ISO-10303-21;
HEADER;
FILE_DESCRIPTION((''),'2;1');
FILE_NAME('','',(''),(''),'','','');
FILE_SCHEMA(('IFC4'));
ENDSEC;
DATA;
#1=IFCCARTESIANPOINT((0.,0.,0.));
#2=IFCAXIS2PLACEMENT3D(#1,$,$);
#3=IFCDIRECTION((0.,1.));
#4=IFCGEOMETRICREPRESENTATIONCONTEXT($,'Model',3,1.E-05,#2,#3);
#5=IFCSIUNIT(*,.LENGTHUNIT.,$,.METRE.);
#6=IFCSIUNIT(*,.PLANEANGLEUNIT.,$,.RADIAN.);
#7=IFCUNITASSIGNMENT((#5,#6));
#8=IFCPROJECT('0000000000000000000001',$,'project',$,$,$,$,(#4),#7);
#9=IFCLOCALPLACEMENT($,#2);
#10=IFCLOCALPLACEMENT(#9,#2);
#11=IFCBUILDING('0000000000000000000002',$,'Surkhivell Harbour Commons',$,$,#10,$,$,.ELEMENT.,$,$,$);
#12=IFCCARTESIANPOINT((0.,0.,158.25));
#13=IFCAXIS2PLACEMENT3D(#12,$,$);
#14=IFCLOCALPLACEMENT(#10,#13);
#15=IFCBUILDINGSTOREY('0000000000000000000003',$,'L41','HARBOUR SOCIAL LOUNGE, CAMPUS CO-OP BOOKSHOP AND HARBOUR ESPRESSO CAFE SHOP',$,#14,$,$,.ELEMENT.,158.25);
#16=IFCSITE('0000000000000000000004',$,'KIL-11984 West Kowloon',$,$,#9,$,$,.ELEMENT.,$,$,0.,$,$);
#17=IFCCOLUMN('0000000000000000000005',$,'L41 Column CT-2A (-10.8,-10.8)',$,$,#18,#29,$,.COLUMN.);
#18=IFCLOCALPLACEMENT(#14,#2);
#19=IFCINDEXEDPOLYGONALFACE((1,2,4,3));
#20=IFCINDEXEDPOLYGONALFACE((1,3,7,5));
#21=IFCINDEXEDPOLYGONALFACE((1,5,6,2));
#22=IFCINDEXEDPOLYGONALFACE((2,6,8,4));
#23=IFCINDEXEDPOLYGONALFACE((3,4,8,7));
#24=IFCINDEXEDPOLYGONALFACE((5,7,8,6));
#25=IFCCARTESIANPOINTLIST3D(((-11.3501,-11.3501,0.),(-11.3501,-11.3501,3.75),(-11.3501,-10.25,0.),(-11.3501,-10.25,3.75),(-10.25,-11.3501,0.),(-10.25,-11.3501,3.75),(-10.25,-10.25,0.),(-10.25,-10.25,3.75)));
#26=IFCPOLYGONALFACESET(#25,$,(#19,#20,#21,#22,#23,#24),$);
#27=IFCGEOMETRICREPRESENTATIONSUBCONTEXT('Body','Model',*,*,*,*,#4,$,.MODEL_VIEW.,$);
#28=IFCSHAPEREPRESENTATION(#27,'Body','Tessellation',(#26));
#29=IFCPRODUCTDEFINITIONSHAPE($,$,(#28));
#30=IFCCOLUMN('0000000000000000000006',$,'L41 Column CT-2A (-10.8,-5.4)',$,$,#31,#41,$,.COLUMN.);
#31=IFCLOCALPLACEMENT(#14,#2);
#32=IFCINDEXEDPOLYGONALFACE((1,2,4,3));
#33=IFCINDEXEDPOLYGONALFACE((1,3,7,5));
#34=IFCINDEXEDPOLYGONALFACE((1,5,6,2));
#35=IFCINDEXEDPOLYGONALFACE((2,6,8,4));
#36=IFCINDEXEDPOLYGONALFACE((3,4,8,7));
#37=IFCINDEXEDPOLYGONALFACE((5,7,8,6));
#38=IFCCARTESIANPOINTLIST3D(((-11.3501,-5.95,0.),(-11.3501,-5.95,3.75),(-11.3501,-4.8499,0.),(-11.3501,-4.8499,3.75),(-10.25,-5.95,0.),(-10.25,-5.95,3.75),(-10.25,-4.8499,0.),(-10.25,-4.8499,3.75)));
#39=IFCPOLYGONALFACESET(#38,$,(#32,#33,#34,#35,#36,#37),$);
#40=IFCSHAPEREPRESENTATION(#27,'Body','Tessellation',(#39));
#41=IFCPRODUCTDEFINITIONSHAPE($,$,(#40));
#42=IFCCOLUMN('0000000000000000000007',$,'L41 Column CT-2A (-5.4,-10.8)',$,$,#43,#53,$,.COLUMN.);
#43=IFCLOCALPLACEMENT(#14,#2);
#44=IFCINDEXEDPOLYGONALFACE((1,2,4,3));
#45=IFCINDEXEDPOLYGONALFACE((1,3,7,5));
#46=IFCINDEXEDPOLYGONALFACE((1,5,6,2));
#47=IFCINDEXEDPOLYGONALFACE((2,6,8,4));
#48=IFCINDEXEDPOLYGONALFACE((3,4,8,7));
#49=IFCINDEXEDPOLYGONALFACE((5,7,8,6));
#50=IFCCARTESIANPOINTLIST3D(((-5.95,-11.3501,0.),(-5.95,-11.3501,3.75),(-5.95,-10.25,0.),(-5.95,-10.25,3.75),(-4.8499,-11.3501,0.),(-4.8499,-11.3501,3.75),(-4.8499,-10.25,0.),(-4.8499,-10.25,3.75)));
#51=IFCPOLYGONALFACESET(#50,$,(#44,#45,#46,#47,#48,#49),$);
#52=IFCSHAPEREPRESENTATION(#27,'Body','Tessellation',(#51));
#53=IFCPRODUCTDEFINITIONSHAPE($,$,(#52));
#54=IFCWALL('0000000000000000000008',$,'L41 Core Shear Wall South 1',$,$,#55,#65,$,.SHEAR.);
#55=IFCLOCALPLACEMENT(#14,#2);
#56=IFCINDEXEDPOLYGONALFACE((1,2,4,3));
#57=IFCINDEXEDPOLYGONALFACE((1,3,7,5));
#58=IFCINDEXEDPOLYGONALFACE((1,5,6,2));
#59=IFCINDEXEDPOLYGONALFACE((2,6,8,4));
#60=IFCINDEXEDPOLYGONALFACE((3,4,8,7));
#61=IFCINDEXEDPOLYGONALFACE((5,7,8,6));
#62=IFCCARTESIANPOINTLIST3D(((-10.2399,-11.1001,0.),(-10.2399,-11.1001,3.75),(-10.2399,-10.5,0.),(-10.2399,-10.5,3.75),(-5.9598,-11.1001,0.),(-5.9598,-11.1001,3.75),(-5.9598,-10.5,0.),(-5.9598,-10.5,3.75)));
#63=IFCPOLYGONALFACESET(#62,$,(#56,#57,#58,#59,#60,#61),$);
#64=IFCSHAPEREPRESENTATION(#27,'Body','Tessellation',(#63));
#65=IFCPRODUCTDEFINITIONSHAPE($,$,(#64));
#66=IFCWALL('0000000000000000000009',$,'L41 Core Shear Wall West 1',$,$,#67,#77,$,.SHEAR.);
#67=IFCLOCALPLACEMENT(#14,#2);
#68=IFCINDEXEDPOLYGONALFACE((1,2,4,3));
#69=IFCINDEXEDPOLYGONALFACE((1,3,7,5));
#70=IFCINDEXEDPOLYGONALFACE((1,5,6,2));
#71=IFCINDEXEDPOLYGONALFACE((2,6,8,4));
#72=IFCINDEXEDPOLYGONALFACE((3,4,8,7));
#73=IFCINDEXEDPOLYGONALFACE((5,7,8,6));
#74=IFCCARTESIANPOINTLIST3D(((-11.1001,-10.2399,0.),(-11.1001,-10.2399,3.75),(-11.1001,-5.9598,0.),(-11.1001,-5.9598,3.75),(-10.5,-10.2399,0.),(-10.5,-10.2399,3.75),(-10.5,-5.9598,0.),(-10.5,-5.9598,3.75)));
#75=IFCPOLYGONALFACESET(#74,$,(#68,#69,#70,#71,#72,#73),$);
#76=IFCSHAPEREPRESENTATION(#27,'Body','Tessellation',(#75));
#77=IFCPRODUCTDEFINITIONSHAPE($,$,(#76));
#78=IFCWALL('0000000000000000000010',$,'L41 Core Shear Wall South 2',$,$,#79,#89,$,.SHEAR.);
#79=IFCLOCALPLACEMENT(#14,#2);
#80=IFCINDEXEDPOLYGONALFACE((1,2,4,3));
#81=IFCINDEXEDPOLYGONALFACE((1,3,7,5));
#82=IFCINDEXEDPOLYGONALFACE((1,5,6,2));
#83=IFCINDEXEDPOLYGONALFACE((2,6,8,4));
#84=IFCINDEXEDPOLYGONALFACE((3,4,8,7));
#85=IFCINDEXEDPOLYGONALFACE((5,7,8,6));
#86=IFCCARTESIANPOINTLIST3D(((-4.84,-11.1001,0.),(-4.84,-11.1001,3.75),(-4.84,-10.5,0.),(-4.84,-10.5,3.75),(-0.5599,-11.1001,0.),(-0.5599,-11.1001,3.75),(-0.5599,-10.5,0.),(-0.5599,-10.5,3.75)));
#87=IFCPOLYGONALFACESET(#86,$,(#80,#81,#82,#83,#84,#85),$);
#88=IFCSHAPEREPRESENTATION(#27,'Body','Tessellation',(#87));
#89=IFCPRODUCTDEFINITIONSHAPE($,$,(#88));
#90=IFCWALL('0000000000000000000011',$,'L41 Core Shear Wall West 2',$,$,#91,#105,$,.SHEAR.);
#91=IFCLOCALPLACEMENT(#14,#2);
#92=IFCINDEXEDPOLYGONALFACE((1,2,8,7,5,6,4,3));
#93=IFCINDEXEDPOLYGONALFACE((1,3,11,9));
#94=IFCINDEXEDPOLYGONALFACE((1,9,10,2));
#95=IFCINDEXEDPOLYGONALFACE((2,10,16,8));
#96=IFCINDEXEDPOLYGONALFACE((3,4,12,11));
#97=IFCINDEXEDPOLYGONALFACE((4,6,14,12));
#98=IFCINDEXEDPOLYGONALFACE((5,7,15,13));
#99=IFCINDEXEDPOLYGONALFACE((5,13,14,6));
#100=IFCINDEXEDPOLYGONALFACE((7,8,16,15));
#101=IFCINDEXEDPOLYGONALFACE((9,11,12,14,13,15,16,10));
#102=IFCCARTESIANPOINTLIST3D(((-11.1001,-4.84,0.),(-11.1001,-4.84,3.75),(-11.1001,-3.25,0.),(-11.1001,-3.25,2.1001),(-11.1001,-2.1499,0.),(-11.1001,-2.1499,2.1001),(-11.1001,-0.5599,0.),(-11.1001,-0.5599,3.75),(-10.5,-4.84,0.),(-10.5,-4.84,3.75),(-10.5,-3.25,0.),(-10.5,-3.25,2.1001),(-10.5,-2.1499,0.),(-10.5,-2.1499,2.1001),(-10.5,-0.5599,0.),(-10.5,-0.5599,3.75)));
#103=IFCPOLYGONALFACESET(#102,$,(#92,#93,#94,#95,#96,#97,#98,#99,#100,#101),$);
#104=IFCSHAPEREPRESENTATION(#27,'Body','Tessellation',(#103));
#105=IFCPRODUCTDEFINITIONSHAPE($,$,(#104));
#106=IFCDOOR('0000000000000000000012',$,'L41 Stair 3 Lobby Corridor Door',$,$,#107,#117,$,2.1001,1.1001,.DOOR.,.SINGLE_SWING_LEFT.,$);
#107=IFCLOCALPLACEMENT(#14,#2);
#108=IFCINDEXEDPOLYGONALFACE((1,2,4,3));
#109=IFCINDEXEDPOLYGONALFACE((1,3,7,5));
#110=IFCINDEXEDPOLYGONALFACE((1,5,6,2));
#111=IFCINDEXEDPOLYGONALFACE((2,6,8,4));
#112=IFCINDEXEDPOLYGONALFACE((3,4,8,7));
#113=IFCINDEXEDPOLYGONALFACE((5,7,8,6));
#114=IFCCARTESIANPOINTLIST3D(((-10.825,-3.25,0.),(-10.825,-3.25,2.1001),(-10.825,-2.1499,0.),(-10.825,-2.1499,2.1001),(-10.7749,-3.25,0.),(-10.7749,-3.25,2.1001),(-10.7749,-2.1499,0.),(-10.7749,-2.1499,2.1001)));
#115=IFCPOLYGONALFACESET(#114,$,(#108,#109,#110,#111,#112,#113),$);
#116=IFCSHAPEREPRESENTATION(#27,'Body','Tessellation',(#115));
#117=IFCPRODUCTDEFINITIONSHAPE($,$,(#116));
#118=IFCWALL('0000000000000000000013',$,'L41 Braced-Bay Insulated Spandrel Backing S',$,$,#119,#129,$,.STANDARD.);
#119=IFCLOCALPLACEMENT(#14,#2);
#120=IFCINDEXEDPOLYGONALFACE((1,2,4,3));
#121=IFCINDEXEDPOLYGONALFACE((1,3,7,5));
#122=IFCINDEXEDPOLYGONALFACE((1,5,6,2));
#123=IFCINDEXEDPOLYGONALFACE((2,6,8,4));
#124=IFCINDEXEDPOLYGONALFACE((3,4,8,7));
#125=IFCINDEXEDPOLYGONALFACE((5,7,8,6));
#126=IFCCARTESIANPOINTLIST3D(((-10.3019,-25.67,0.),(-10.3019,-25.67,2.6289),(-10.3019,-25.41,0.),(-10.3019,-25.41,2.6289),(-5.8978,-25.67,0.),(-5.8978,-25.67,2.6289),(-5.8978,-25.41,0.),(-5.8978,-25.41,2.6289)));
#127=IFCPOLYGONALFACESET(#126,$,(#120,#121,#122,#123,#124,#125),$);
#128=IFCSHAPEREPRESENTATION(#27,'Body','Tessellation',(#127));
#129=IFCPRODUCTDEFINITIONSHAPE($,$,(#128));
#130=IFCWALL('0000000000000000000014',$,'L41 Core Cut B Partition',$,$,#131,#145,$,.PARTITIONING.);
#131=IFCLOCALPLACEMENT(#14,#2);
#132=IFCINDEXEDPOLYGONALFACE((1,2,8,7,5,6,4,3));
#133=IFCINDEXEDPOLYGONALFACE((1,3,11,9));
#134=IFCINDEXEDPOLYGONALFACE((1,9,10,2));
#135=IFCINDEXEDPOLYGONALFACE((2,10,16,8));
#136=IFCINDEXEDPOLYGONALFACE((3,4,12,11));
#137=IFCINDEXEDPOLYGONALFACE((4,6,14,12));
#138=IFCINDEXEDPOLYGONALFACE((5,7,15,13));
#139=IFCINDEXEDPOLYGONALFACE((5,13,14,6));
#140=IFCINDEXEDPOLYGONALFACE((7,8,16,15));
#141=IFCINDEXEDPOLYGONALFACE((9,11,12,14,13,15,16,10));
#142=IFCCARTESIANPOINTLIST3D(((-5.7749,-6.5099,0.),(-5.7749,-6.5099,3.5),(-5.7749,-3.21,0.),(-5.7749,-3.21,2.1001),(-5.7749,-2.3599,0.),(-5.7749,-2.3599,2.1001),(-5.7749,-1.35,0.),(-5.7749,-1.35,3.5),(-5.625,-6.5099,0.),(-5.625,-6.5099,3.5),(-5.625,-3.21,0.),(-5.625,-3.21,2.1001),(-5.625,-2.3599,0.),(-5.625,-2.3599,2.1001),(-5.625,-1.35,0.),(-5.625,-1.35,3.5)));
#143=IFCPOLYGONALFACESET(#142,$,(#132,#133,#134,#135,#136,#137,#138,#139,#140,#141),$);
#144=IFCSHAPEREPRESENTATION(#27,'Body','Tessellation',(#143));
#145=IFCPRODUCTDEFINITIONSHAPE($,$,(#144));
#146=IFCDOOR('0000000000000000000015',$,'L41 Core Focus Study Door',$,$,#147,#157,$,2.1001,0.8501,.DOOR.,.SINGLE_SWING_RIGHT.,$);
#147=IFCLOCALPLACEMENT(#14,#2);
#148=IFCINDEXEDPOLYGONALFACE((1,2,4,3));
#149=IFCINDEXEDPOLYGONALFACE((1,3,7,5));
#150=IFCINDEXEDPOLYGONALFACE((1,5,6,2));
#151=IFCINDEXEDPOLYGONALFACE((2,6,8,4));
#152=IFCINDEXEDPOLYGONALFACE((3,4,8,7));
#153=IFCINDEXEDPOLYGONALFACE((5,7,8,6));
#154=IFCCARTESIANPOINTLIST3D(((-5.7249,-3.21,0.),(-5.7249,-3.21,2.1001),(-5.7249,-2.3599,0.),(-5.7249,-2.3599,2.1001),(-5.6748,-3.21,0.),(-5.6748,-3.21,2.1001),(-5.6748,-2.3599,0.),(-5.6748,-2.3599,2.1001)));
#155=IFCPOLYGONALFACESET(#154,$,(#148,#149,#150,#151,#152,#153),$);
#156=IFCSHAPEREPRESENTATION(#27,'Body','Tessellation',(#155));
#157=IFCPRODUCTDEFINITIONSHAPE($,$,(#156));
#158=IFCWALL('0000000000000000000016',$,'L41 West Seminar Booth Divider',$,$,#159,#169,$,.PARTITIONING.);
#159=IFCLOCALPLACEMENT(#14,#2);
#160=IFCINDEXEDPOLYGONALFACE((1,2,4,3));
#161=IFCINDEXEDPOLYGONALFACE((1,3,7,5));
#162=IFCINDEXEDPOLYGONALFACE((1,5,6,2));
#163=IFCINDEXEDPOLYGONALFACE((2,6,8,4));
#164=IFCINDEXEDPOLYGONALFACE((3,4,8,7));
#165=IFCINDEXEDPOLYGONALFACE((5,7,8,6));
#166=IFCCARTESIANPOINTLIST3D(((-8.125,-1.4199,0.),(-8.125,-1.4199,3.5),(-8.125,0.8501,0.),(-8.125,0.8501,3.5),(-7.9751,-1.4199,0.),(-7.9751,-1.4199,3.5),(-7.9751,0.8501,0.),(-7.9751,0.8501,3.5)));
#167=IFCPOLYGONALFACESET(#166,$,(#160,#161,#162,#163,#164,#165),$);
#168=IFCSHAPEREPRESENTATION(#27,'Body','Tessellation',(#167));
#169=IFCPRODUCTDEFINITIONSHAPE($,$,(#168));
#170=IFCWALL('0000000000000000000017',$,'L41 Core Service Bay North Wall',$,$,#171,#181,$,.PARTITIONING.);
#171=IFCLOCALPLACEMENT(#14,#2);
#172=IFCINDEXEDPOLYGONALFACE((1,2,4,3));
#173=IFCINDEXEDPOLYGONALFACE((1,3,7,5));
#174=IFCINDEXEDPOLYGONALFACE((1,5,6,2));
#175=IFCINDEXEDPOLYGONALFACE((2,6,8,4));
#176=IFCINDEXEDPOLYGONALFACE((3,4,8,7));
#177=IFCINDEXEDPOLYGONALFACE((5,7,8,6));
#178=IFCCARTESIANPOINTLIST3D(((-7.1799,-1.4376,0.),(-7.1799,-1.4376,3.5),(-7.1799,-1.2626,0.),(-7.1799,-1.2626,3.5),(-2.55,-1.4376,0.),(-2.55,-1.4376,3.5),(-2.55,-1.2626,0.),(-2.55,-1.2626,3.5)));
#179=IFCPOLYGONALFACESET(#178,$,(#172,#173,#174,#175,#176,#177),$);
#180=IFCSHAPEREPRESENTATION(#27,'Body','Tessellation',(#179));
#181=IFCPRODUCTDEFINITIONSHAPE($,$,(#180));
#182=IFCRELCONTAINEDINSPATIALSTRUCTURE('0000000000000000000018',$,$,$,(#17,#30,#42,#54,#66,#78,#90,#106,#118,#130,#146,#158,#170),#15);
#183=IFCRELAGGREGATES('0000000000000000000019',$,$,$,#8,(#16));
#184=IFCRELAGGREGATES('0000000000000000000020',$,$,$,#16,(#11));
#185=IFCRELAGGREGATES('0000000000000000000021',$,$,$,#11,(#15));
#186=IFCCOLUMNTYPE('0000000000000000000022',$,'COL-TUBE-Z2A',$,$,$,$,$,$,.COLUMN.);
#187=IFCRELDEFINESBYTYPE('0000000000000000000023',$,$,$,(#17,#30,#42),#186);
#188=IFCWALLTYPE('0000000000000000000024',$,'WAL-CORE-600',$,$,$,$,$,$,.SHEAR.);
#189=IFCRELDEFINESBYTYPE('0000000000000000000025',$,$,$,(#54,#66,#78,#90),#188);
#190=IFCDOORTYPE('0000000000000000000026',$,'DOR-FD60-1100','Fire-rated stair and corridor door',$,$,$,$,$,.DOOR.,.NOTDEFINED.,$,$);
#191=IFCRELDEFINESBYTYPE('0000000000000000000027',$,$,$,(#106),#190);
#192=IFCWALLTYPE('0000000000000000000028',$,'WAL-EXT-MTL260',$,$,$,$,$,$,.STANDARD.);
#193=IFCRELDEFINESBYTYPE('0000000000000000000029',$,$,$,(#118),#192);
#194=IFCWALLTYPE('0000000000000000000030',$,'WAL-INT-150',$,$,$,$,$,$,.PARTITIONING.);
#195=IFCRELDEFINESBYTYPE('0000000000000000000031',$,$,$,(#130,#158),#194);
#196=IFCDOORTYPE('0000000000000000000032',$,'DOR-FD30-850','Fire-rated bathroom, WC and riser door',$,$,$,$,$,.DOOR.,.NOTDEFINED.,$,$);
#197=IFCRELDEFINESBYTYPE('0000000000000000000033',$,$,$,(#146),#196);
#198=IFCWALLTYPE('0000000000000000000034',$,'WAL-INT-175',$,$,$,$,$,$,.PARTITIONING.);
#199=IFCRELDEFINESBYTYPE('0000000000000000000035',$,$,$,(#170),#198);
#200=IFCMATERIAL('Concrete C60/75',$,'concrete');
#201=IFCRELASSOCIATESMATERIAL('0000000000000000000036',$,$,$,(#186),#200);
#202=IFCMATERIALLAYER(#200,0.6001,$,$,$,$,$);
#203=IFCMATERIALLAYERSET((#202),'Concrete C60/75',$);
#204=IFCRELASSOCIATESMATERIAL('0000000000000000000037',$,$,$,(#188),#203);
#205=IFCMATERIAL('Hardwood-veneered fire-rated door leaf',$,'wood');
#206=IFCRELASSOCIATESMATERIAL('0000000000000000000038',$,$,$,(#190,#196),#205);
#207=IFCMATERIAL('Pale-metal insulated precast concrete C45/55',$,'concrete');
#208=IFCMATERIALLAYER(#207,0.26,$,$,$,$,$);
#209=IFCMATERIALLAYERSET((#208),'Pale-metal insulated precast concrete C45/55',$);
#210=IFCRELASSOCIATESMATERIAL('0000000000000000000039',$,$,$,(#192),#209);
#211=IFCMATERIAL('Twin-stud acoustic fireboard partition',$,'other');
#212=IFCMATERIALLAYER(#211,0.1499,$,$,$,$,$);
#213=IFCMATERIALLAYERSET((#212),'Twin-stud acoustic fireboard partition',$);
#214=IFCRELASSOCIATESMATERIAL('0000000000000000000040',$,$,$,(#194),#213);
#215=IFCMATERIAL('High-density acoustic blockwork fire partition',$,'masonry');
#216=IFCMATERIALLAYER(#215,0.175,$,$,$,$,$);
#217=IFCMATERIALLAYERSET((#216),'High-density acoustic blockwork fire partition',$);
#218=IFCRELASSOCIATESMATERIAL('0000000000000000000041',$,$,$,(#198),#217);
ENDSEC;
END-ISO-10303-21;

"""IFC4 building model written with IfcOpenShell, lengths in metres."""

from ifc_helpers import new_model, si_unit, direction, frame, frame_2d, origin, origin_2d, place, context, subcontext, project, spatial, rectangle, extrude, material, layer, layer_set, material_profile, profile_set, type_object, element, fill, save


model = new_model("IFC4")

# Units and contexts
model_context = context("Model", 3, precision=1e-05, world=origin(), true_north=direction((0.0, 1.0)))
body_context = subcontext(model_context, "Body", "Model", "MODEL_VIEW")
ifc_project = project(units=[si_unit("LENGTHUNIT", "METRE"), si_unit("PLANEANGLEUNIT", "RADIAN")], contexts=[model_context])

# Site, building, storey
site_placement = place(None, origin())
site = spatial("IfcSite", under=ifc_project, at=site_placement, Name="KIL-11984 West Kowloon", CompositionType="ELEMENT", RefElevation=0.0)
building_placement = place(site_placement, origin())
building = spatial("IfcBuilding", under=site, at=building_placement, Name="Surkhivell Harbour Commons", CompositionType="ELEMENT")
storey_placement = place(building_placement, frame((0.0, 0.0, 158.25)))
storey = spatial("IfcBuildingStorey", under=building, at=storey_placement, Name="L41", Description="HARBOUR SOCIAL LOUNGE, CAMPUS CO-OP BOOKSHOP AND HARBOUR ESPRESSO CAFE SHOP", CompositionType="ELEMENT", Elevation=158.25)

# Columns
ifc_material_1 = material(Name="Concrete C60/75", Category="concrete")
ifc_material_profile = material_profile(ifc_material_1, rectangle(XDim=1.1001, YDim=1.1001, at=origin_2d()), Name="RC-COL-1100x1100")
ifc_profile_set = profile_set([ifc_material_profile], Name="Concrete C60/75")
column_type = type_object("IfcColumnType", Name="COL-TUBE-Z2A", PredefinedType="COLUMN", material=ifc_profile_set)
for number, where, z_axis, x_axis, name in (
    (1, (-10.8, -10.8, 0.0), (0.0, 0.0, 1.0), (1.0, 0.0, 0.0), "L41 Column CT-2A (-10.8,-10.8)"),
    (2, (-10.8, -5.3999, 0.0), (0.0, 0.0, 1.0), (1.0, 0.0, 0.0), "L41 Column CT-2A (-10.8,-5.4)"),
    (3, (-5.3999, -10.8, 0.0), (0.0, 0.0, 1.0), (1.0, 0.0, 0.0), "L41 Column CT-2A (-5.4,-10.8)"),
):
    element("IfcColumn", number, at=place(storey_placement, frame(where, z_axis=z_axis, x_axis=x_axis)), inside=storey, type_object=column_type, Name=name, PredefinedType="COLUMN", context=body_context, shape_type="SweptSolid", body=[
        extrude(rectangle(XDim=1.1001, YDim=1.1001, at=origin_2d()), origin(), (0.0, 0.0, 1.0), 3.75),
    ])

# Walls
ifc_layer_1 = layer(ifc_material_1, 0.6001)
ifc_layer_set_1 = layer_set([ifc_layer_1], Name="Concrete C60/75")
wall_type_1 = type_object("IfcWallType", Name="WAL-CORE-600", PredefinedType="SHEAR", material=ifc_layer_set_1)
for number, where, z_axis, x_axis, name in (
    (4, (-10.24, -10.8, 0.0), (0.0, 0.0, 1.0), (1.0, 0.0, 0.0), "L41 Core Shear Wall South 1"),
    (5, (-10.8, -10.24, 0.0), (0.0, 0.0, 1.0), (0.0, 1.0, 0.0), "L41 Core Shear Wall West 1"),
    (6, (-4.8401, -10.8, 0.0), (0.0, 0.0, 1.0), (1.0, 0.0, 0.0), "L41 Core Shear Wall South 2"),
):
    element("IfcWall", number, at=place(storey_placement, frame(where, z_axis=z_axis, x_axis=x_axis)), inside=storey, type_object=wall_type_1, Name=name, PredefinedType="SHEAR", context=body_context, shape_type="SweptSolid", body=[
        extrude(rectangle(XDim=4.28, YDim=0.6001, at=frame_2d((2.1401, 0.0))), origin(), (0.0, 0.0, 1.0), 3.75),
    ])

# Wall, opening, door
wall_1_placement = place(storey_placement, frame((-10.8, -4.8401, 0.0), z_axis=(0.0, 0.0, 1.0), x_axis=(0.0, 1.0, 0.0)))
wall_1 = element("IfcWall", 7, at=wall_1_placement, inside=storey, type_object=wall_type_1, Name="L41 Core Shear Wall West 2", PredefinedType="SHEAR", context=body_context, shape_type="SweptSolid", body=[
    extrude(rectangle(XDim=4.28, YDim=0.6001, at=frame_2d((2.1401, 0.0))), origin(), (0.0, 0.0, 1.0), 3.75),
])
opening_1_placement = place(wall_1_placement, frame((1.5901, 0.0, 0.0)))
opening_1 = element("IfcOpeningElement", 8, at=opening_1_placement, cuts=wall_1, PredefinedType="OPENING", context=body_context, shape_type="SweptSolid", body=[
    extrude(rectangle(XDim=1.1001, YDim=2.1001, at=frame_2d((0.55, 1.05))), frame((0.0, 0.3101, 0.0), z_axis=(0.0, -1.0, 0.0), x_axis=(1.0, 0.0, 0.0)), (0.0, 0.0, 1.0), 0.6201),
])
ifc_material_2 = material(Name="Hardwood-veneered fire-rated door leaf", Category="wood")
door_type_1 = type_object("IfcDoorType", Name="DOR-FD60-1100", Description="Fire-rated stair and corridor door", OperationType="NOTDEFINED", PredefinedType="DOOR", material=ifc_material_2)
door_1_placement = place(opening_1_placement, origin())
door_1 = element("IfcDoor", 9, at=door_1_placement, inside=storey, type_object=door_type_1, Name="L41 Stair 3 Lobby Corridor Door", OperationType="SINGLE_SWING_LEFT", OverallHeight=2.1001, OverallWidth=1.1001, PredefinedType="DOOR", context=body_context, shape_type="SweptSolid", body=[
    extrude(rectangle(XDim=1.1001, YDim=2.1001, at=frame_2d((0.55, 1.05))), frame((0.0, 0.0249, 0.0), z_axis=(0.0, -1.0, 0.0), x_axis=(1.0, 0.0, 0.0)), (0.0, 0.0, 1.0), 0.05),
])
fill(opening_1, door_1)

# Wall
ifc_material_3 = material(Name="Pale-metal insulated precast concrete C45/55", Category="concrete")
ifc_layer_2 = layer(ifc_material_3, 0.26)
ifc_layer_set_2 = layer_set([ifc_layer_2], Name="Pale-metal insulated precast concrete C45/55")
wall_type_2 = type_object("IfcWallType", Name="WAL-EXT-MTL260", PredefinedType="STANDARD", material=ifc_layer_set_2)
wall_2_placement = place(storey_placement, frame((-10.302, -25.54, 0.0), z_axis=(0.0, 0.0, 1.0), x_axis=(1.0, 0.0, 0.0)))
element("IfcWall", 10, at=wall_2_placement, inside=storey, type_object=wall_type_2, Name="L41 Braced-Bay Insulated Spandrel Backing S", PredefinedType="STANDARD", context=body_context, shape_type="SweptSolid", body=[
    extrude(rectangle(XDim=4.4041, YDim=0.26, at=frame_2d((2.2021, 0.0))), origin(), (0.0, 0.0, 1.0), 2.6289),
])

# Wall, opening, door
ifc_material_4 = material(Name="Twin-stud acoustic fireboard partition", Category="other")
ifc_layer_3 = layer(ifc_material_4, 0.1499)
ifc_layer_set_3 = layer_set([ifc_layer_3], Name="Twin-stud acoustic fireboard partition")
wall_type_3 = type_object("IfcWallType", Name="WAL-INT-150", PredefinedType="PARTITIONING", material=ifc_layer_set_3)
wall_3_placement = place(storey_placement, frame((-5.7, -6.51, 0.0), z_axis=(0.0, 0.0, 1.0), x_axis=(0.0, 1.0, 0.0)))
wall_3 = element("IfcWall", 11, at=wall_3_placement, inside=storey, type_object=wall_type_3, Name="L41 Core Cut B Partition", PredefinedType="PARTITIONING", context=body_context, shape_type="SweptSolid", body=[
    extrude(rectangle(XDim=5.1599, YDim=0.1499, at=frame_2d((2.5801, 0.0))), origin(), (0.0, 0.0, 1.0), 3.5),
])
opening_2_placement = place(wall_3_placement, frame((3.3, 0.0, 0.0)))
opening_2 = element("IfcOpeningElement", 12, at=opening_2_placement, cuts=wall_3, PredefinedType="OPENING", context=body_context, shape_type="SweptSolid", body=[
    extrude(rectangle(XDim=0.8501, YDim=2.1001, at=frame_2d((0.425, 1.05))), frame((0.0, 0.085, 0.0), z_axis=(0.0, -1.0, 0.0), x_axis=(1.0, 0.0, 0.0)), (0.0, 0.0, 1.0), 0.1699),
])
door_type_2 = type_object("IfcDoorType", Name="DOR-FD30-850", Description="Fire-rated bathroom, WC and riser door", OperationType="NOTDEFINED", PredefinedType="DOOR", material=ifc_material_2)
door_2_placement = place(opening_2_placement, origin())
door_2 = element("IfcDoor", 13, at=door_2_placement, inside=storey, type_object=door_type_2, Name="L41 Core Focus Study Door", OperationType="SINGLE_SWING_RIGHT", OverallHeight=2.1001, OverallWidth=0.8501, PredefinedType="DOOR", context=body_context, shape_type="SweptSolid", body=[
    extrude(rectangle(XDim=0.8501, YDim=2.1001, at=frame_2d((0.425, 1.05))), frame((0.0, 0.0249, 0.0), z_axis=(0.0, -1.0, 0.0), x_axis=(1.0, 0.0, 0.0)), (0.0, 0.0, 1.0), 0.05),
])
fill(opening_2, door_2)

# Walls
wall_4_placement = place(storey_placement, frame((-8.05, -1.4199, 0.0), z_axis=(0.0, 0.0, 1.0), x_axis=(0.0, 1.0, 0.0)))
element("IfcWall", 14, at=wall_4_placement, inside=storey, type_object=wall_type_3, Name="L41 West Seminar Booth Divider", PredefinedType="PARTITIONING", context=body_context, shape_type="SweptSolid", body=[
    extrude(rectangle(XDim=2.27, YDim=0.1499, at=frame_2d((1.135, 0.0))), origin(), (0.0, 0.0, 1.0), 3.5),
])
ifc_material_5 = material(Name="High-density acoustic blockwork fire partition", Category="masonry")
ifc_layer_4 = layer(ifc_material_5, 0.175)
ifc_layer_set_4 = layer_set([ifc_layer_4], Name="High-density acoustic blockwork fire partition")
wall_type_4 = type_object("IfcWallType", Name="WAL-INT-175", PredefinedType="PARTITIONING", material=ifc_layer_set_4)
wall_5_placement = place(storey_placement, frame((-7.1799, -1.3501, 0.0), z_axis=(0.0, 0.0, 1.0), x_axis=(1.0, 0.0, 0.0)))
element("IfcWall", 15, at=wall_5_placement, inside=storey, type_object=wall_type_4, Name="L41 Core Service Bay North Wall", PredefinedType="PARTITIONING", context=body_context, shape_type="SweptSolid", body=[
    extrude(rectangle(XDim=4.6299, YDim=0.175, at=frame_2d((2.3149, 0.0))), origin(), (0.0, 0.0, 1.0), 3.5),
])

save(model, "model.ifc")
